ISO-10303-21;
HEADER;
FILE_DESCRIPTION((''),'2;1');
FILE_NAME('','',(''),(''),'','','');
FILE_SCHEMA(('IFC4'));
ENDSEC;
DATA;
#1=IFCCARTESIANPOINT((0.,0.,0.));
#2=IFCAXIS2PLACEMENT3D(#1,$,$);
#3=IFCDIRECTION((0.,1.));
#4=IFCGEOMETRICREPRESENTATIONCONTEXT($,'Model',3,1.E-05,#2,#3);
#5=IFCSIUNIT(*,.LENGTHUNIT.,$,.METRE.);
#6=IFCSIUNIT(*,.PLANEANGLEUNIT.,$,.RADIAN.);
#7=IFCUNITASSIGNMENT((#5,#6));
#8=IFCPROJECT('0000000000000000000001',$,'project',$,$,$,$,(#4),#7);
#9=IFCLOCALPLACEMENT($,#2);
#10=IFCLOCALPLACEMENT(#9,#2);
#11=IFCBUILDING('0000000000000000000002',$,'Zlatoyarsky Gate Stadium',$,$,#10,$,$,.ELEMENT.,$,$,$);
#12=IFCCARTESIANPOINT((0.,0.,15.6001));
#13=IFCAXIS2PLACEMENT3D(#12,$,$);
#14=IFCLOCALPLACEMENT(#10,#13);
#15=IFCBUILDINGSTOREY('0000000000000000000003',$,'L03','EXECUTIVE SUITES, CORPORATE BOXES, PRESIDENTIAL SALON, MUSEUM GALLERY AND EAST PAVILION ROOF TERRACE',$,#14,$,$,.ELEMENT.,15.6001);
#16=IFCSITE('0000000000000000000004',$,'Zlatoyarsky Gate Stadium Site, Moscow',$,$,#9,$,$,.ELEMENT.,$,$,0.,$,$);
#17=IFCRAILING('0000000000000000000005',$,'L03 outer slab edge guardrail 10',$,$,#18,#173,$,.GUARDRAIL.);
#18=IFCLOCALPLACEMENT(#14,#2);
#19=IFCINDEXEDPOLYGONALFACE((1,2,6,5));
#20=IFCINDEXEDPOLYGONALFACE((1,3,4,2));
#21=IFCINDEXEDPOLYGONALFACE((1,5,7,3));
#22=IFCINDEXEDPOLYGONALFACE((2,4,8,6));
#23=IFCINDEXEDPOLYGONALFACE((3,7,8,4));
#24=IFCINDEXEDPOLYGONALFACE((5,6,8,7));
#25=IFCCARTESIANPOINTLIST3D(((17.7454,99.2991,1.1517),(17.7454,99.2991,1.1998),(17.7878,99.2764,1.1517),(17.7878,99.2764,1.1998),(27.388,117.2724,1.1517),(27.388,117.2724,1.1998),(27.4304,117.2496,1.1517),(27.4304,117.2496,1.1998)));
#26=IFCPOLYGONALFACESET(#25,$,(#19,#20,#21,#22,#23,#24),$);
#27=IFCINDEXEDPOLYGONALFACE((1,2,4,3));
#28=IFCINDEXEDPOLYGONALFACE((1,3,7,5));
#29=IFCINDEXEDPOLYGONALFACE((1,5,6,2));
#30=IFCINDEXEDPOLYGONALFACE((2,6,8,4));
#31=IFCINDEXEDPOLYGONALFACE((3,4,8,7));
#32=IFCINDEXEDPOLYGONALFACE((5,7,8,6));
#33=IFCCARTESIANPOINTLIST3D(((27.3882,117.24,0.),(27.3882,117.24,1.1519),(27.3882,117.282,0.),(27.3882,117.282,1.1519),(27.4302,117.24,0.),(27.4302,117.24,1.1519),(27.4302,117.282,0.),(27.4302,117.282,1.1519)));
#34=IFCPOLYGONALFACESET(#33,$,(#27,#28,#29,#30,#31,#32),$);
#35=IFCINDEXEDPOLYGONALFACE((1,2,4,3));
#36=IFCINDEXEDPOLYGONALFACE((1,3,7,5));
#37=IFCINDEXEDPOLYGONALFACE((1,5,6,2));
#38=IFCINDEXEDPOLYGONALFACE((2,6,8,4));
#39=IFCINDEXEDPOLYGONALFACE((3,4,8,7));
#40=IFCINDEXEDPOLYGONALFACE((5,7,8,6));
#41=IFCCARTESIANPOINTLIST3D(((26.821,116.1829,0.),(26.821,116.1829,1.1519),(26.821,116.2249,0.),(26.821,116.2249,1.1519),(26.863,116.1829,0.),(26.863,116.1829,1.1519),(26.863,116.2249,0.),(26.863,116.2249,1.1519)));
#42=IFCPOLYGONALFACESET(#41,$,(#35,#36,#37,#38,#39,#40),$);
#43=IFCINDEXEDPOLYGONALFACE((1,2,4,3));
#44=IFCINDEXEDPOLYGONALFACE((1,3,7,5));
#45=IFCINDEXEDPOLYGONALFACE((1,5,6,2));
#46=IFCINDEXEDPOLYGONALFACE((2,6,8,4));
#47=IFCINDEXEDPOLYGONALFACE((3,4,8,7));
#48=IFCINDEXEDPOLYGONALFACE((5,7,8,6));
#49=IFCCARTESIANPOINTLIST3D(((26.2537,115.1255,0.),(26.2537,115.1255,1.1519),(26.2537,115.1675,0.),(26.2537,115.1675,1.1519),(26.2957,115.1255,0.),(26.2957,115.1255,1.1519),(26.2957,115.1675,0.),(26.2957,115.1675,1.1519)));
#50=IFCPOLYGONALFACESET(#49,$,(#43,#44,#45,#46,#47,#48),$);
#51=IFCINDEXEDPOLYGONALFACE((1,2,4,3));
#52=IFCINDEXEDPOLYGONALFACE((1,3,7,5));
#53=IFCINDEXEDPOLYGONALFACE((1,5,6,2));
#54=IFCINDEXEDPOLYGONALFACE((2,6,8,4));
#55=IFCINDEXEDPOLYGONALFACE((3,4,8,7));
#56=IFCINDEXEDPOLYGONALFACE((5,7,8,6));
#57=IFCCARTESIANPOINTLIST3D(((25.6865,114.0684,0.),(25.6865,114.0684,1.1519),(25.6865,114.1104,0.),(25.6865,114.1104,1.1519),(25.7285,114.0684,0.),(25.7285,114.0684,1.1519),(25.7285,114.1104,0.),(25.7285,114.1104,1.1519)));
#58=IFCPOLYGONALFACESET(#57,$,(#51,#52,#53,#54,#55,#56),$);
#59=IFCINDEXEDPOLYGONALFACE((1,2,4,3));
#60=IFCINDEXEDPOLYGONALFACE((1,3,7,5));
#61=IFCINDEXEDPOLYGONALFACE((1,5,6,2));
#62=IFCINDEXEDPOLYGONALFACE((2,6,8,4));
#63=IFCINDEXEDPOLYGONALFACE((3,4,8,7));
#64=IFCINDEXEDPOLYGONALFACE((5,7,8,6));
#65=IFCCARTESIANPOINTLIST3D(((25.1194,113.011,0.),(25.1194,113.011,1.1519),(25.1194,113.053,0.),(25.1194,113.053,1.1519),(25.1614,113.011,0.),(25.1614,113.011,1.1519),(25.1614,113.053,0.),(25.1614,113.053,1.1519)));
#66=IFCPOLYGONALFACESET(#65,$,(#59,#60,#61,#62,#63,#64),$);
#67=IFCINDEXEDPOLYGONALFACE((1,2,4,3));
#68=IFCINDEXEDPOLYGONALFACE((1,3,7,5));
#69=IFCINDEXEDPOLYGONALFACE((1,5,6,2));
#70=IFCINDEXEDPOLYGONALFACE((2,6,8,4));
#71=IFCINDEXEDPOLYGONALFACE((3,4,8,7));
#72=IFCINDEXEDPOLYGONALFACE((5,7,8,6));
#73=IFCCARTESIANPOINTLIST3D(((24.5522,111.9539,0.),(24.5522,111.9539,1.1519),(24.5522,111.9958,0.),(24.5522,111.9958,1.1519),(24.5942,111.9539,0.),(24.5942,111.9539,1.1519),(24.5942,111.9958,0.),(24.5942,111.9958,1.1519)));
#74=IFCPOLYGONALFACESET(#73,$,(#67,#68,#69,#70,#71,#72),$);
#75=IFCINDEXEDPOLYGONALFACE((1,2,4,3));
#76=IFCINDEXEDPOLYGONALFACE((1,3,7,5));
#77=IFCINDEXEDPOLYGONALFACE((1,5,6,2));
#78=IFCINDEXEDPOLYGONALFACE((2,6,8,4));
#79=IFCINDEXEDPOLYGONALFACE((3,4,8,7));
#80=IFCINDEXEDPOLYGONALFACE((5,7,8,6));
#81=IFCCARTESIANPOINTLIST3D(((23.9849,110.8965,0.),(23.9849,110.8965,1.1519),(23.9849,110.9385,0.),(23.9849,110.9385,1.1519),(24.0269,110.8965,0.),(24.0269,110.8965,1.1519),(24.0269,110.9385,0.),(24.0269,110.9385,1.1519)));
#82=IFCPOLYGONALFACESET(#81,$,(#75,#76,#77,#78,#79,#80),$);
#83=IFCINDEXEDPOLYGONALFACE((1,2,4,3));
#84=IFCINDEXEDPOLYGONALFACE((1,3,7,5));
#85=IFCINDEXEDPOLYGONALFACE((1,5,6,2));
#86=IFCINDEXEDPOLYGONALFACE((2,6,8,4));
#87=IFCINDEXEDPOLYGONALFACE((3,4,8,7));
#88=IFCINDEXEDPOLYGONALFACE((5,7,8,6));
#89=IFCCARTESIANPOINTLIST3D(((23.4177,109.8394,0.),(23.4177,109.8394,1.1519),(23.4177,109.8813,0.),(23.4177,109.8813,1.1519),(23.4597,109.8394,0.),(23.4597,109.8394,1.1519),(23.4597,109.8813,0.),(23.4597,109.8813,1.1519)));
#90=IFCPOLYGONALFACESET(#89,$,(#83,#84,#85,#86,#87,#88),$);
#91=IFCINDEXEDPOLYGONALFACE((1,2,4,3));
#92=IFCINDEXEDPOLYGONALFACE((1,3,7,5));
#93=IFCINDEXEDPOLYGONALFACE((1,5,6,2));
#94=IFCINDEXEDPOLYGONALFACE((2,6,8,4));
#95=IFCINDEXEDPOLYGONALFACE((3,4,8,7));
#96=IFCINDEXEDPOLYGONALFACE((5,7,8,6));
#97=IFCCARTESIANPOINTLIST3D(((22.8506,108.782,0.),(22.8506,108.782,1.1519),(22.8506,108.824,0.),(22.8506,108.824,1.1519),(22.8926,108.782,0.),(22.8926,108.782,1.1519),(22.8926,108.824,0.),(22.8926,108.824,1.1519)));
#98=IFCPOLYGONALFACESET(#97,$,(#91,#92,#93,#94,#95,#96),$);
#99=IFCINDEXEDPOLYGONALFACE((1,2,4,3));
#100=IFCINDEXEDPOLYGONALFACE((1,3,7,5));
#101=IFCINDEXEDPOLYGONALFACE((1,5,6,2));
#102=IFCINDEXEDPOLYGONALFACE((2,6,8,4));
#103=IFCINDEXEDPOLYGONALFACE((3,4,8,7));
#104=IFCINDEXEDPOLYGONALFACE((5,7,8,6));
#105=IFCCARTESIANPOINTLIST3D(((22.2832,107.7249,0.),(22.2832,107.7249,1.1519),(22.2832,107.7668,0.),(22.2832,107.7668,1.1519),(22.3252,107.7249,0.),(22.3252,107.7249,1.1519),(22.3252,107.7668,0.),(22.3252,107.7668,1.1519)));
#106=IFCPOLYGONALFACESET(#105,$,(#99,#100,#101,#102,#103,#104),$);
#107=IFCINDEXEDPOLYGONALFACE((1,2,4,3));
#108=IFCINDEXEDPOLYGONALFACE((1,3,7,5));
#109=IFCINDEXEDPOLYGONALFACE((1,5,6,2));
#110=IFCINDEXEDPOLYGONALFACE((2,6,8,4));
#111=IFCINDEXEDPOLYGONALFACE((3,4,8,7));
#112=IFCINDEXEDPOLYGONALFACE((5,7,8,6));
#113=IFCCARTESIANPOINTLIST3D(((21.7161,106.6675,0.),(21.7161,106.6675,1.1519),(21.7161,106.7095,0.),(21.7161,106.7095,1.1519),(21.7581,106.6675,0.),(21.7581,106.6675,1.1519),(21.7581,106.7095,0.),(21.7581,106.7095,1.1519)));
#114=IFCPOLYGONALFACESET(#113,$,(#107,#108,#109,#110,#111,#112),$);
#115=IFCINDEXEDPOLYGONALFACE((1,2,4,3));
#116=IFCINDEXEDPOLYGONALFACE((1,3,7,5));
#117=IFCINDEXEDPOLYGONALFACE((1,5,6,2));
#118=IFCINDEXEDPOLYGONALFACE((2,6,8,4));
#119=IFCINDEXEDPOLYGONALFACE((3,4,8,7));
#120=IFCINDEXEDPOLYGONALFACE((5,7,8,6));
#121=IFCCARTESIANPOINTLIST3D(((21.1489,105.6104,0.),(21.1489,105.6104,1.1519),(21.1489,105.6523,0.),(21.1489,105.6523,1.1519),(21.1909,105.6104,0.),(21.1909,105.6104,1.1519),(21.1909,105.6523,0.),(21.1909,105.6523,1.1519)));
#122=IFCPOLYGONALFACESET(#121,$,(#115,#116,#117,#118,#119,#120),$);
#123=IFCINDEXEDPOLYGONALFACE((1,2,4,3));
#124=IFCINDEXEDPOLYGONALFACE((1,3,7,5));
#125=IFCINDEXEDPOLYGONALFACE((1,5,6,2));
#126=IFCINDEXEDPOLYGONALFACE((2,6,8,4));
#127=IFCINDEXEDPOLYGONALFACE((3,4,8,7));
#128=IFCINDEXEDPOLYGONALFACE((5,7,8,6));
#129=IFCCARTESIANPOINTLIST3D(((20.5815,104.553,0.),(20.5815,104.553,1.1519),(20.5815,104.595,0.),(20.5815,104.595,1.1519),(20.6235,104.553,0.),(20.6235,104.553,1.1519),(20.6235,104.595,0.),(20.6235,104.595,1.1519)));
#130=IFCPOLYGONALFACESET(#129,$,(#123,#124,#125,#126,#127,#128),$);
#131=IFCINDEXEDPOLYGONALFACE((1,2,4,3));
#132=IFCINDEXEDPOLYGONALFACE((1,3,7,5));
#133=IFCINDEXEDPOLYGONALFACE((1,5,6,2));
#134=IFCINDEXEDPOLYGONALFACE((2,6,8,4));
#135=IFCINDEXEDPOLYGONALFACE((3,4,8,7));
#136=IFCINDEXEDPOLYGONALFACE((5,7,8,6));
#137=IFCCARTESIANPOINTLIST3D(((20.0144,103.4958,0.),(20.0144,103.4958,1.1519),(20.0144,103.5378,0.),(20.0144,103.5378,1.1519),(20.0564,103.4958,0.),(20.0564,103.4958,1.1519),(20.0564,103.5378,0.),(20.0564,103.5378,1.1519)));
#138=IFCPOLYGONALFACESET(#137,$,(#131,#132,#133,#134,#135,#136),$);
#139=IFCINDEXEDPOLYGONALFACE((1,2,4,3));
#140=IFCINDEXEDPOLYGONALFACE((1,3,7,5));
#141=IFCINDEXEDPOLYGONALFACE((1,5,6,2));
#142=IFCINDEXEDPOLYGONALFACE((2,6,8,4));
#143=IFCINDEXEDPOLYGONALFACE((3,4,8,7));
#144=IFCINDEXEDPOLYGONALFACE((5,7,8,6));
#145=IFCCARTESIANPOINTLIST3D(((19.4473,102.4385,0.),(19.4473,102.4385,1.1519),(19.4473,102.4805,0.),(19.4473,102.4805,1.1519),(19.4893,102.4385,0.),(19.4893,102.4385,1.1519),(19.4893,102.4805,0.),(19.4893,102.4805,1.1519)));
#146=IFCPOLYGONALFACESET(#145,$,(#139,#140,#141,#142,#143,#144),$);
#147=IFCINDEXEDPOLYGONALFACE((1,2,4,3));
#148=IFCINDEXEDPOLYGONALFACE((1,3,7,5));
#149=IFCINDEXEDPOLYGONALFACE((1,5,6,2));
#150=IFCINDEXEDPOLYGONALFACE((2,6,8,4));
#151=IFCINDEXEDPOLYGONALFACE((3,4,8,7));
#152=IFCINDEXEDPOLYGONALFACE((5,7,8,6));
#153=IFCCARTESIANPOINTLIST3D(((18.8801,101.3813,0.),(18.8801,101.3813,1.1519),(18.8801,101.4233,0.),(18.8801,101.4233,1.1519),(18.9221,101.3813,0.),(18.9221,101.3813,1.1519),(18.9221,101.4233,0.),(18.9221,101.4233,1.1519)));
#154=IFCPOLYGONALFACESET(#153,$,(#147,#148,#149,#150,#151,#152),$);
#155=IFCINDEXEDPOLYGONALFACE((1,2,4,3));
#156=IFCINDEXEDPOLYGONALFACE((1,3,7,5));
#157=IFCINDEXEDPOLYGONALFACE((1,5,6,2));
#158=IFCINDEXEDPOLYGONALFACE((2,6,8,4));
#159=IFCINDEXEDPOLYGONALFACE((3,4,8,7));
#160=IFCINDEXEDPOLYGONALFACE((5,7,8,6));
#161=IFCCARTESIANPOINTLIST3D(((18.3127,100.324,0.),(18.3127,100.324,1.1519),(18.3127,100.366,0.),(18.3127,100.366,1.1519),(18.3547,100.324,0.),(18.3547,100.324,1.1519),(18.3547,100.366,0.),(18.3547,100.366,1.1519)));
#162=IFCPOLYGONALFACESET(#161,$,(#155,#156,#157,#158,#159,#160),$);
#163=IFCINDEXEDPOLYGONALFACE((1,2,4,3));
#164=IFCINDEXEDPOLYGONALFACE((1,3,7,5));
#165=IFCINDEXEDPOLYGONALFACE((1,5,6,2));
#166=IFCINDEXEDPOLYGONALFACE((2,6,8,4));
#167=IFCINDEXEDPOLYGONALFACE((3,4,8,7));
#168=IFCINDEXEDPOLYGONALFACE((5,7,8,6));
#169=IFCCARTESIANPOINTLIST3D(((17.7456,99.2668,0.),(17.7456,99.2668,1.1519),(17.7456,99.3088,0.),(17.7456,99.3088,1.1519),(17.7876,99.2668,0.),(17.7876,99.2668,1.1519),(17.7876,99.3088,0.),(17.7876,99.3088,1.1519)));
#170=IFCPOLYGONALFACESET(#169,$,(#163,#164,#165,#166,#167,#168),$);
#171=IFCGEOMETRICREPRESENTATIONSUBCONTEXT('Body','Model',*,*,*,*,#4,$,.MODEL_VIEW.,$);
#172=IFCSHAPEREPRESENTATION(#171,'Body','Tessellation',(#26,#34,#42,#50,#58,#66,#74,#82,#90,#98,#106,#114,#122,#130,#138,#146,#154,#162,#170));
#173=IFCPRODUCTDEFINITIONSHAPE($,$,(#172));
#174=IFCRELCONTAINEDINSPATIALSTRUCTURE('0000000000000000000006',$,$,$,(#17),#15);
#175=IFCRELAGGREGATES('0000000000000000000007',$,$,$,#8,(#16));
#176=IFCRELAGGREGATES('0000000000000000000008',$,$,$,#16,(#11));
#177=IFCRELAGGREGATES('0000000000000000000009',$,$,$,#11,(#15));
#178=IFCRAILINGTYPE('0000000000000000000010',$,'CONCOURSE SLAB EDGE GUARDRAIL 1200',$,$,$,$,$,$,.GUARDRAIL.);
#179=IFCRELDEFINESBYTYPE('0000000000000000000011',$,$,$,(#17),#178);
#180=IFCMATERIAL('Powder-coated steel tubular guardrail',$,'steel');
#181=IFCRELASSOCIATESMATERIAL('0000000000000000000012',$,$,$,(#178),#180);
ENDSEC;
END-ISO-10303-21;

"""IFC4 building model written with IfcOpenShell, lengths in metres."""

from ifc_helpers import new_model, si_unit, direction, frame, origin, origin_2d, place, context, subcontext, project, spatial, rectangle, extrude, material, type_object, element, save


model = new_model("IFC4")

# Units and contexts
model_context = context("Model", 3, precision=1e-05, world=origin(), true_north=direction((0.0, 1.0)))
body_context = subcontext(model_context, "Body", "Model", "MODEL_VIEW")
ifc_project = project(units=[si_unit("LENGTHUNIT", "METRE"), si_unit("PLANEANGLEUNIT", "RADIAN")], contexts=[model_context])

# Site, building, storey
site_placement = place(None, origin())
site = spatial("IfcSite", under=ifc_project, at=site_placement, Name="Zlatoyarsky Gate Stadium Site, Moscow", CompositionType="ELEMENT", RefElevation=0.0)
building_placement = place(site_placement, origin())
building = spatial("IfcBuilding", under=site, at=building_placement, Name="Zlatoyarsky Gate Stadium", CompositionType="ELEMENT")
storey_placement = place(building_placement, frame((0.0, 0.0, 15.6001)))
storey = spatial("IfcBuildingStorey", under=building, at=storey_placement, Name="L03", Description="EXECUTIVE SUITES, CORPORATE BOXES, PRESIDENTIAL SALON, MUSEUM GALLERY AND EAST PAVILION ROOF TERRACE", CompositionType="ELEMENT", Elevation=15.6001)

# Railing
ifc_material_1 = material(Name="Powder-coated steel tubular guardrail", Category="steel")
railing_type = type_object("IfcRailingType", Name="CONCOURSE SLAB EDGE GUARDRAIL 1200", PredefinedType="GUARDRAIL", material=ifc_material_1)
railing_placement = place(storey_placement, frame((27.4092, 117.261, 0.0)))
element("IfcRailing", 1, at=railing_placement, inside=storey, type_object=railing_type, Name="L03 outer slab edge guardrail 10", PredefinedType="GUARDRAIL", context=body_context, shape_type="SweptSolid", body=[
    extrude(rectangle(XDim=0.0481, YDim=0.0481, at=origin_2d()), frame((0.0, 0.0, 1.1758), z_axis=(-0.472759, -0.881192, 0.0), x_axis=(0.881192, -0.472759, 0.0)), (0.0, 0.0, 1.0), 20.3965),
    extrude(rectangle(XDim=0.042, YDim=0.042, at=origin_2d()), origin(), (0.0, 0.0, 1.0), 1.1519),
    extrude(rectangle(XDim=0.042, YDim=0.042, at=origin_2d()), frame((-0.5671, -1.0571, 0.0)), (0.0, 0.0, 1.0), 1.1519),
    extrude(rectangle(XDim=0.042, YDim=0.042, at=origin_2d()), frame((-1.1345, -2.1145, 0.0)), (0.0, 0.0, 1.0), 1.1519),
    extrude(rectangle(XDim=0.042, YDim=0.042, at=origin_2d()), frame((-1.7017, -3.1716, 0.0)), (0.0, 0.0, 1.0), 1.1519),
    extrude(rectangle(XDim=0.042, YDim=0.042, at=origin_2d()), frame((-2.2688, -4.229, 0.0)), (0.0, 0.0, 1.0), 1.1519),
    extrude(rectangle(XDim=0.042, YDim=0.042, at=origin_2d()), frame((-2.8359, -5.2861, 0.0)), (0.0, 0.0, 1.0), 1.1519),
    extrude(rectangle(XDim=0.042, YDim=0.042, at=origin_2d()), frame((-3.4033, -6.3435, 0.0)), (0.0, 0.0, 1.0), 1.1519),
    extrude(rectangle(XDim=0.042, YDim=0.042, at=origin_2d()), frame((-3.9705, -7.4006, 0.0)), (0.0, 0.0, 1.0), 1.1519),
    extrude(rectangle(XDim=0.042, YDim=0.042, at=origin_2d()), frame((-4.5376, -8.458, 0.0)), (0.0, 0.0, 1.0), 1.1519),
    extrude(rectangle(XDim=0.042, YDim=0.042, at=origin_2d()), frame((-5.105, -9.5151, 0.0)), (0.0, 0.0, 1.0), 1.1519),
    extrude(rectangle(XDim=0.042, YDim=0.042, at=origin_2d()), frame((-5.6721, -10.5725, 0.0)), (0.0, 0.0, 1.0), 1.1519),
    extrude(rectangle(XDim=0.042, YDim=0.042, at=origin_2d()), frame((-6.2393, -11.6296, 0.0)), (0.0, 0.0, 1.0), 1.1519),
    extrude(rectangle(XDim=0.042, YDim=0.042, at=origin_2d()), frame((-6.8066, -12.687, 0.0)), (0.0, 0.0, 1.0), 1.1519),
    extrude(rectangle(XDim=0.042, YDim=0.042, at=origin_2d()), frame((-7.3738, -13.7441, 0.0)), (0.0, 0.0, 1.0), 1.1519),
    extrude(rectangle(XDim=0.042, YDim=0.042, at=origin_2d()), frame((-7.9409, -14.8015, 0.0)), (0.0, 0.0, 1.0), 1.1519),
    extrude(rectangle(XDim=0.042, YDim=0.042, at=origin_2d()), frame((-8.5081, -15.8586, 0.0)), (0.0, 0.0, 1.0), 1.1519),
    extrude(rectangle(XDim=0.042, YDim=0.042, at=origin_2d()), frame((-9.0754, -16.916, 0.0)), (0.0, 0.0, 1.0), 1.1519),
    extrude(rectangle(XDim=0.042, YDim=0.042, at=origin_2d()), frame((-9.6426, -17.9731, 0.0)), (0.0, 0.0, 1.0), 1.1519),
])

save(model, "model.ifc")
